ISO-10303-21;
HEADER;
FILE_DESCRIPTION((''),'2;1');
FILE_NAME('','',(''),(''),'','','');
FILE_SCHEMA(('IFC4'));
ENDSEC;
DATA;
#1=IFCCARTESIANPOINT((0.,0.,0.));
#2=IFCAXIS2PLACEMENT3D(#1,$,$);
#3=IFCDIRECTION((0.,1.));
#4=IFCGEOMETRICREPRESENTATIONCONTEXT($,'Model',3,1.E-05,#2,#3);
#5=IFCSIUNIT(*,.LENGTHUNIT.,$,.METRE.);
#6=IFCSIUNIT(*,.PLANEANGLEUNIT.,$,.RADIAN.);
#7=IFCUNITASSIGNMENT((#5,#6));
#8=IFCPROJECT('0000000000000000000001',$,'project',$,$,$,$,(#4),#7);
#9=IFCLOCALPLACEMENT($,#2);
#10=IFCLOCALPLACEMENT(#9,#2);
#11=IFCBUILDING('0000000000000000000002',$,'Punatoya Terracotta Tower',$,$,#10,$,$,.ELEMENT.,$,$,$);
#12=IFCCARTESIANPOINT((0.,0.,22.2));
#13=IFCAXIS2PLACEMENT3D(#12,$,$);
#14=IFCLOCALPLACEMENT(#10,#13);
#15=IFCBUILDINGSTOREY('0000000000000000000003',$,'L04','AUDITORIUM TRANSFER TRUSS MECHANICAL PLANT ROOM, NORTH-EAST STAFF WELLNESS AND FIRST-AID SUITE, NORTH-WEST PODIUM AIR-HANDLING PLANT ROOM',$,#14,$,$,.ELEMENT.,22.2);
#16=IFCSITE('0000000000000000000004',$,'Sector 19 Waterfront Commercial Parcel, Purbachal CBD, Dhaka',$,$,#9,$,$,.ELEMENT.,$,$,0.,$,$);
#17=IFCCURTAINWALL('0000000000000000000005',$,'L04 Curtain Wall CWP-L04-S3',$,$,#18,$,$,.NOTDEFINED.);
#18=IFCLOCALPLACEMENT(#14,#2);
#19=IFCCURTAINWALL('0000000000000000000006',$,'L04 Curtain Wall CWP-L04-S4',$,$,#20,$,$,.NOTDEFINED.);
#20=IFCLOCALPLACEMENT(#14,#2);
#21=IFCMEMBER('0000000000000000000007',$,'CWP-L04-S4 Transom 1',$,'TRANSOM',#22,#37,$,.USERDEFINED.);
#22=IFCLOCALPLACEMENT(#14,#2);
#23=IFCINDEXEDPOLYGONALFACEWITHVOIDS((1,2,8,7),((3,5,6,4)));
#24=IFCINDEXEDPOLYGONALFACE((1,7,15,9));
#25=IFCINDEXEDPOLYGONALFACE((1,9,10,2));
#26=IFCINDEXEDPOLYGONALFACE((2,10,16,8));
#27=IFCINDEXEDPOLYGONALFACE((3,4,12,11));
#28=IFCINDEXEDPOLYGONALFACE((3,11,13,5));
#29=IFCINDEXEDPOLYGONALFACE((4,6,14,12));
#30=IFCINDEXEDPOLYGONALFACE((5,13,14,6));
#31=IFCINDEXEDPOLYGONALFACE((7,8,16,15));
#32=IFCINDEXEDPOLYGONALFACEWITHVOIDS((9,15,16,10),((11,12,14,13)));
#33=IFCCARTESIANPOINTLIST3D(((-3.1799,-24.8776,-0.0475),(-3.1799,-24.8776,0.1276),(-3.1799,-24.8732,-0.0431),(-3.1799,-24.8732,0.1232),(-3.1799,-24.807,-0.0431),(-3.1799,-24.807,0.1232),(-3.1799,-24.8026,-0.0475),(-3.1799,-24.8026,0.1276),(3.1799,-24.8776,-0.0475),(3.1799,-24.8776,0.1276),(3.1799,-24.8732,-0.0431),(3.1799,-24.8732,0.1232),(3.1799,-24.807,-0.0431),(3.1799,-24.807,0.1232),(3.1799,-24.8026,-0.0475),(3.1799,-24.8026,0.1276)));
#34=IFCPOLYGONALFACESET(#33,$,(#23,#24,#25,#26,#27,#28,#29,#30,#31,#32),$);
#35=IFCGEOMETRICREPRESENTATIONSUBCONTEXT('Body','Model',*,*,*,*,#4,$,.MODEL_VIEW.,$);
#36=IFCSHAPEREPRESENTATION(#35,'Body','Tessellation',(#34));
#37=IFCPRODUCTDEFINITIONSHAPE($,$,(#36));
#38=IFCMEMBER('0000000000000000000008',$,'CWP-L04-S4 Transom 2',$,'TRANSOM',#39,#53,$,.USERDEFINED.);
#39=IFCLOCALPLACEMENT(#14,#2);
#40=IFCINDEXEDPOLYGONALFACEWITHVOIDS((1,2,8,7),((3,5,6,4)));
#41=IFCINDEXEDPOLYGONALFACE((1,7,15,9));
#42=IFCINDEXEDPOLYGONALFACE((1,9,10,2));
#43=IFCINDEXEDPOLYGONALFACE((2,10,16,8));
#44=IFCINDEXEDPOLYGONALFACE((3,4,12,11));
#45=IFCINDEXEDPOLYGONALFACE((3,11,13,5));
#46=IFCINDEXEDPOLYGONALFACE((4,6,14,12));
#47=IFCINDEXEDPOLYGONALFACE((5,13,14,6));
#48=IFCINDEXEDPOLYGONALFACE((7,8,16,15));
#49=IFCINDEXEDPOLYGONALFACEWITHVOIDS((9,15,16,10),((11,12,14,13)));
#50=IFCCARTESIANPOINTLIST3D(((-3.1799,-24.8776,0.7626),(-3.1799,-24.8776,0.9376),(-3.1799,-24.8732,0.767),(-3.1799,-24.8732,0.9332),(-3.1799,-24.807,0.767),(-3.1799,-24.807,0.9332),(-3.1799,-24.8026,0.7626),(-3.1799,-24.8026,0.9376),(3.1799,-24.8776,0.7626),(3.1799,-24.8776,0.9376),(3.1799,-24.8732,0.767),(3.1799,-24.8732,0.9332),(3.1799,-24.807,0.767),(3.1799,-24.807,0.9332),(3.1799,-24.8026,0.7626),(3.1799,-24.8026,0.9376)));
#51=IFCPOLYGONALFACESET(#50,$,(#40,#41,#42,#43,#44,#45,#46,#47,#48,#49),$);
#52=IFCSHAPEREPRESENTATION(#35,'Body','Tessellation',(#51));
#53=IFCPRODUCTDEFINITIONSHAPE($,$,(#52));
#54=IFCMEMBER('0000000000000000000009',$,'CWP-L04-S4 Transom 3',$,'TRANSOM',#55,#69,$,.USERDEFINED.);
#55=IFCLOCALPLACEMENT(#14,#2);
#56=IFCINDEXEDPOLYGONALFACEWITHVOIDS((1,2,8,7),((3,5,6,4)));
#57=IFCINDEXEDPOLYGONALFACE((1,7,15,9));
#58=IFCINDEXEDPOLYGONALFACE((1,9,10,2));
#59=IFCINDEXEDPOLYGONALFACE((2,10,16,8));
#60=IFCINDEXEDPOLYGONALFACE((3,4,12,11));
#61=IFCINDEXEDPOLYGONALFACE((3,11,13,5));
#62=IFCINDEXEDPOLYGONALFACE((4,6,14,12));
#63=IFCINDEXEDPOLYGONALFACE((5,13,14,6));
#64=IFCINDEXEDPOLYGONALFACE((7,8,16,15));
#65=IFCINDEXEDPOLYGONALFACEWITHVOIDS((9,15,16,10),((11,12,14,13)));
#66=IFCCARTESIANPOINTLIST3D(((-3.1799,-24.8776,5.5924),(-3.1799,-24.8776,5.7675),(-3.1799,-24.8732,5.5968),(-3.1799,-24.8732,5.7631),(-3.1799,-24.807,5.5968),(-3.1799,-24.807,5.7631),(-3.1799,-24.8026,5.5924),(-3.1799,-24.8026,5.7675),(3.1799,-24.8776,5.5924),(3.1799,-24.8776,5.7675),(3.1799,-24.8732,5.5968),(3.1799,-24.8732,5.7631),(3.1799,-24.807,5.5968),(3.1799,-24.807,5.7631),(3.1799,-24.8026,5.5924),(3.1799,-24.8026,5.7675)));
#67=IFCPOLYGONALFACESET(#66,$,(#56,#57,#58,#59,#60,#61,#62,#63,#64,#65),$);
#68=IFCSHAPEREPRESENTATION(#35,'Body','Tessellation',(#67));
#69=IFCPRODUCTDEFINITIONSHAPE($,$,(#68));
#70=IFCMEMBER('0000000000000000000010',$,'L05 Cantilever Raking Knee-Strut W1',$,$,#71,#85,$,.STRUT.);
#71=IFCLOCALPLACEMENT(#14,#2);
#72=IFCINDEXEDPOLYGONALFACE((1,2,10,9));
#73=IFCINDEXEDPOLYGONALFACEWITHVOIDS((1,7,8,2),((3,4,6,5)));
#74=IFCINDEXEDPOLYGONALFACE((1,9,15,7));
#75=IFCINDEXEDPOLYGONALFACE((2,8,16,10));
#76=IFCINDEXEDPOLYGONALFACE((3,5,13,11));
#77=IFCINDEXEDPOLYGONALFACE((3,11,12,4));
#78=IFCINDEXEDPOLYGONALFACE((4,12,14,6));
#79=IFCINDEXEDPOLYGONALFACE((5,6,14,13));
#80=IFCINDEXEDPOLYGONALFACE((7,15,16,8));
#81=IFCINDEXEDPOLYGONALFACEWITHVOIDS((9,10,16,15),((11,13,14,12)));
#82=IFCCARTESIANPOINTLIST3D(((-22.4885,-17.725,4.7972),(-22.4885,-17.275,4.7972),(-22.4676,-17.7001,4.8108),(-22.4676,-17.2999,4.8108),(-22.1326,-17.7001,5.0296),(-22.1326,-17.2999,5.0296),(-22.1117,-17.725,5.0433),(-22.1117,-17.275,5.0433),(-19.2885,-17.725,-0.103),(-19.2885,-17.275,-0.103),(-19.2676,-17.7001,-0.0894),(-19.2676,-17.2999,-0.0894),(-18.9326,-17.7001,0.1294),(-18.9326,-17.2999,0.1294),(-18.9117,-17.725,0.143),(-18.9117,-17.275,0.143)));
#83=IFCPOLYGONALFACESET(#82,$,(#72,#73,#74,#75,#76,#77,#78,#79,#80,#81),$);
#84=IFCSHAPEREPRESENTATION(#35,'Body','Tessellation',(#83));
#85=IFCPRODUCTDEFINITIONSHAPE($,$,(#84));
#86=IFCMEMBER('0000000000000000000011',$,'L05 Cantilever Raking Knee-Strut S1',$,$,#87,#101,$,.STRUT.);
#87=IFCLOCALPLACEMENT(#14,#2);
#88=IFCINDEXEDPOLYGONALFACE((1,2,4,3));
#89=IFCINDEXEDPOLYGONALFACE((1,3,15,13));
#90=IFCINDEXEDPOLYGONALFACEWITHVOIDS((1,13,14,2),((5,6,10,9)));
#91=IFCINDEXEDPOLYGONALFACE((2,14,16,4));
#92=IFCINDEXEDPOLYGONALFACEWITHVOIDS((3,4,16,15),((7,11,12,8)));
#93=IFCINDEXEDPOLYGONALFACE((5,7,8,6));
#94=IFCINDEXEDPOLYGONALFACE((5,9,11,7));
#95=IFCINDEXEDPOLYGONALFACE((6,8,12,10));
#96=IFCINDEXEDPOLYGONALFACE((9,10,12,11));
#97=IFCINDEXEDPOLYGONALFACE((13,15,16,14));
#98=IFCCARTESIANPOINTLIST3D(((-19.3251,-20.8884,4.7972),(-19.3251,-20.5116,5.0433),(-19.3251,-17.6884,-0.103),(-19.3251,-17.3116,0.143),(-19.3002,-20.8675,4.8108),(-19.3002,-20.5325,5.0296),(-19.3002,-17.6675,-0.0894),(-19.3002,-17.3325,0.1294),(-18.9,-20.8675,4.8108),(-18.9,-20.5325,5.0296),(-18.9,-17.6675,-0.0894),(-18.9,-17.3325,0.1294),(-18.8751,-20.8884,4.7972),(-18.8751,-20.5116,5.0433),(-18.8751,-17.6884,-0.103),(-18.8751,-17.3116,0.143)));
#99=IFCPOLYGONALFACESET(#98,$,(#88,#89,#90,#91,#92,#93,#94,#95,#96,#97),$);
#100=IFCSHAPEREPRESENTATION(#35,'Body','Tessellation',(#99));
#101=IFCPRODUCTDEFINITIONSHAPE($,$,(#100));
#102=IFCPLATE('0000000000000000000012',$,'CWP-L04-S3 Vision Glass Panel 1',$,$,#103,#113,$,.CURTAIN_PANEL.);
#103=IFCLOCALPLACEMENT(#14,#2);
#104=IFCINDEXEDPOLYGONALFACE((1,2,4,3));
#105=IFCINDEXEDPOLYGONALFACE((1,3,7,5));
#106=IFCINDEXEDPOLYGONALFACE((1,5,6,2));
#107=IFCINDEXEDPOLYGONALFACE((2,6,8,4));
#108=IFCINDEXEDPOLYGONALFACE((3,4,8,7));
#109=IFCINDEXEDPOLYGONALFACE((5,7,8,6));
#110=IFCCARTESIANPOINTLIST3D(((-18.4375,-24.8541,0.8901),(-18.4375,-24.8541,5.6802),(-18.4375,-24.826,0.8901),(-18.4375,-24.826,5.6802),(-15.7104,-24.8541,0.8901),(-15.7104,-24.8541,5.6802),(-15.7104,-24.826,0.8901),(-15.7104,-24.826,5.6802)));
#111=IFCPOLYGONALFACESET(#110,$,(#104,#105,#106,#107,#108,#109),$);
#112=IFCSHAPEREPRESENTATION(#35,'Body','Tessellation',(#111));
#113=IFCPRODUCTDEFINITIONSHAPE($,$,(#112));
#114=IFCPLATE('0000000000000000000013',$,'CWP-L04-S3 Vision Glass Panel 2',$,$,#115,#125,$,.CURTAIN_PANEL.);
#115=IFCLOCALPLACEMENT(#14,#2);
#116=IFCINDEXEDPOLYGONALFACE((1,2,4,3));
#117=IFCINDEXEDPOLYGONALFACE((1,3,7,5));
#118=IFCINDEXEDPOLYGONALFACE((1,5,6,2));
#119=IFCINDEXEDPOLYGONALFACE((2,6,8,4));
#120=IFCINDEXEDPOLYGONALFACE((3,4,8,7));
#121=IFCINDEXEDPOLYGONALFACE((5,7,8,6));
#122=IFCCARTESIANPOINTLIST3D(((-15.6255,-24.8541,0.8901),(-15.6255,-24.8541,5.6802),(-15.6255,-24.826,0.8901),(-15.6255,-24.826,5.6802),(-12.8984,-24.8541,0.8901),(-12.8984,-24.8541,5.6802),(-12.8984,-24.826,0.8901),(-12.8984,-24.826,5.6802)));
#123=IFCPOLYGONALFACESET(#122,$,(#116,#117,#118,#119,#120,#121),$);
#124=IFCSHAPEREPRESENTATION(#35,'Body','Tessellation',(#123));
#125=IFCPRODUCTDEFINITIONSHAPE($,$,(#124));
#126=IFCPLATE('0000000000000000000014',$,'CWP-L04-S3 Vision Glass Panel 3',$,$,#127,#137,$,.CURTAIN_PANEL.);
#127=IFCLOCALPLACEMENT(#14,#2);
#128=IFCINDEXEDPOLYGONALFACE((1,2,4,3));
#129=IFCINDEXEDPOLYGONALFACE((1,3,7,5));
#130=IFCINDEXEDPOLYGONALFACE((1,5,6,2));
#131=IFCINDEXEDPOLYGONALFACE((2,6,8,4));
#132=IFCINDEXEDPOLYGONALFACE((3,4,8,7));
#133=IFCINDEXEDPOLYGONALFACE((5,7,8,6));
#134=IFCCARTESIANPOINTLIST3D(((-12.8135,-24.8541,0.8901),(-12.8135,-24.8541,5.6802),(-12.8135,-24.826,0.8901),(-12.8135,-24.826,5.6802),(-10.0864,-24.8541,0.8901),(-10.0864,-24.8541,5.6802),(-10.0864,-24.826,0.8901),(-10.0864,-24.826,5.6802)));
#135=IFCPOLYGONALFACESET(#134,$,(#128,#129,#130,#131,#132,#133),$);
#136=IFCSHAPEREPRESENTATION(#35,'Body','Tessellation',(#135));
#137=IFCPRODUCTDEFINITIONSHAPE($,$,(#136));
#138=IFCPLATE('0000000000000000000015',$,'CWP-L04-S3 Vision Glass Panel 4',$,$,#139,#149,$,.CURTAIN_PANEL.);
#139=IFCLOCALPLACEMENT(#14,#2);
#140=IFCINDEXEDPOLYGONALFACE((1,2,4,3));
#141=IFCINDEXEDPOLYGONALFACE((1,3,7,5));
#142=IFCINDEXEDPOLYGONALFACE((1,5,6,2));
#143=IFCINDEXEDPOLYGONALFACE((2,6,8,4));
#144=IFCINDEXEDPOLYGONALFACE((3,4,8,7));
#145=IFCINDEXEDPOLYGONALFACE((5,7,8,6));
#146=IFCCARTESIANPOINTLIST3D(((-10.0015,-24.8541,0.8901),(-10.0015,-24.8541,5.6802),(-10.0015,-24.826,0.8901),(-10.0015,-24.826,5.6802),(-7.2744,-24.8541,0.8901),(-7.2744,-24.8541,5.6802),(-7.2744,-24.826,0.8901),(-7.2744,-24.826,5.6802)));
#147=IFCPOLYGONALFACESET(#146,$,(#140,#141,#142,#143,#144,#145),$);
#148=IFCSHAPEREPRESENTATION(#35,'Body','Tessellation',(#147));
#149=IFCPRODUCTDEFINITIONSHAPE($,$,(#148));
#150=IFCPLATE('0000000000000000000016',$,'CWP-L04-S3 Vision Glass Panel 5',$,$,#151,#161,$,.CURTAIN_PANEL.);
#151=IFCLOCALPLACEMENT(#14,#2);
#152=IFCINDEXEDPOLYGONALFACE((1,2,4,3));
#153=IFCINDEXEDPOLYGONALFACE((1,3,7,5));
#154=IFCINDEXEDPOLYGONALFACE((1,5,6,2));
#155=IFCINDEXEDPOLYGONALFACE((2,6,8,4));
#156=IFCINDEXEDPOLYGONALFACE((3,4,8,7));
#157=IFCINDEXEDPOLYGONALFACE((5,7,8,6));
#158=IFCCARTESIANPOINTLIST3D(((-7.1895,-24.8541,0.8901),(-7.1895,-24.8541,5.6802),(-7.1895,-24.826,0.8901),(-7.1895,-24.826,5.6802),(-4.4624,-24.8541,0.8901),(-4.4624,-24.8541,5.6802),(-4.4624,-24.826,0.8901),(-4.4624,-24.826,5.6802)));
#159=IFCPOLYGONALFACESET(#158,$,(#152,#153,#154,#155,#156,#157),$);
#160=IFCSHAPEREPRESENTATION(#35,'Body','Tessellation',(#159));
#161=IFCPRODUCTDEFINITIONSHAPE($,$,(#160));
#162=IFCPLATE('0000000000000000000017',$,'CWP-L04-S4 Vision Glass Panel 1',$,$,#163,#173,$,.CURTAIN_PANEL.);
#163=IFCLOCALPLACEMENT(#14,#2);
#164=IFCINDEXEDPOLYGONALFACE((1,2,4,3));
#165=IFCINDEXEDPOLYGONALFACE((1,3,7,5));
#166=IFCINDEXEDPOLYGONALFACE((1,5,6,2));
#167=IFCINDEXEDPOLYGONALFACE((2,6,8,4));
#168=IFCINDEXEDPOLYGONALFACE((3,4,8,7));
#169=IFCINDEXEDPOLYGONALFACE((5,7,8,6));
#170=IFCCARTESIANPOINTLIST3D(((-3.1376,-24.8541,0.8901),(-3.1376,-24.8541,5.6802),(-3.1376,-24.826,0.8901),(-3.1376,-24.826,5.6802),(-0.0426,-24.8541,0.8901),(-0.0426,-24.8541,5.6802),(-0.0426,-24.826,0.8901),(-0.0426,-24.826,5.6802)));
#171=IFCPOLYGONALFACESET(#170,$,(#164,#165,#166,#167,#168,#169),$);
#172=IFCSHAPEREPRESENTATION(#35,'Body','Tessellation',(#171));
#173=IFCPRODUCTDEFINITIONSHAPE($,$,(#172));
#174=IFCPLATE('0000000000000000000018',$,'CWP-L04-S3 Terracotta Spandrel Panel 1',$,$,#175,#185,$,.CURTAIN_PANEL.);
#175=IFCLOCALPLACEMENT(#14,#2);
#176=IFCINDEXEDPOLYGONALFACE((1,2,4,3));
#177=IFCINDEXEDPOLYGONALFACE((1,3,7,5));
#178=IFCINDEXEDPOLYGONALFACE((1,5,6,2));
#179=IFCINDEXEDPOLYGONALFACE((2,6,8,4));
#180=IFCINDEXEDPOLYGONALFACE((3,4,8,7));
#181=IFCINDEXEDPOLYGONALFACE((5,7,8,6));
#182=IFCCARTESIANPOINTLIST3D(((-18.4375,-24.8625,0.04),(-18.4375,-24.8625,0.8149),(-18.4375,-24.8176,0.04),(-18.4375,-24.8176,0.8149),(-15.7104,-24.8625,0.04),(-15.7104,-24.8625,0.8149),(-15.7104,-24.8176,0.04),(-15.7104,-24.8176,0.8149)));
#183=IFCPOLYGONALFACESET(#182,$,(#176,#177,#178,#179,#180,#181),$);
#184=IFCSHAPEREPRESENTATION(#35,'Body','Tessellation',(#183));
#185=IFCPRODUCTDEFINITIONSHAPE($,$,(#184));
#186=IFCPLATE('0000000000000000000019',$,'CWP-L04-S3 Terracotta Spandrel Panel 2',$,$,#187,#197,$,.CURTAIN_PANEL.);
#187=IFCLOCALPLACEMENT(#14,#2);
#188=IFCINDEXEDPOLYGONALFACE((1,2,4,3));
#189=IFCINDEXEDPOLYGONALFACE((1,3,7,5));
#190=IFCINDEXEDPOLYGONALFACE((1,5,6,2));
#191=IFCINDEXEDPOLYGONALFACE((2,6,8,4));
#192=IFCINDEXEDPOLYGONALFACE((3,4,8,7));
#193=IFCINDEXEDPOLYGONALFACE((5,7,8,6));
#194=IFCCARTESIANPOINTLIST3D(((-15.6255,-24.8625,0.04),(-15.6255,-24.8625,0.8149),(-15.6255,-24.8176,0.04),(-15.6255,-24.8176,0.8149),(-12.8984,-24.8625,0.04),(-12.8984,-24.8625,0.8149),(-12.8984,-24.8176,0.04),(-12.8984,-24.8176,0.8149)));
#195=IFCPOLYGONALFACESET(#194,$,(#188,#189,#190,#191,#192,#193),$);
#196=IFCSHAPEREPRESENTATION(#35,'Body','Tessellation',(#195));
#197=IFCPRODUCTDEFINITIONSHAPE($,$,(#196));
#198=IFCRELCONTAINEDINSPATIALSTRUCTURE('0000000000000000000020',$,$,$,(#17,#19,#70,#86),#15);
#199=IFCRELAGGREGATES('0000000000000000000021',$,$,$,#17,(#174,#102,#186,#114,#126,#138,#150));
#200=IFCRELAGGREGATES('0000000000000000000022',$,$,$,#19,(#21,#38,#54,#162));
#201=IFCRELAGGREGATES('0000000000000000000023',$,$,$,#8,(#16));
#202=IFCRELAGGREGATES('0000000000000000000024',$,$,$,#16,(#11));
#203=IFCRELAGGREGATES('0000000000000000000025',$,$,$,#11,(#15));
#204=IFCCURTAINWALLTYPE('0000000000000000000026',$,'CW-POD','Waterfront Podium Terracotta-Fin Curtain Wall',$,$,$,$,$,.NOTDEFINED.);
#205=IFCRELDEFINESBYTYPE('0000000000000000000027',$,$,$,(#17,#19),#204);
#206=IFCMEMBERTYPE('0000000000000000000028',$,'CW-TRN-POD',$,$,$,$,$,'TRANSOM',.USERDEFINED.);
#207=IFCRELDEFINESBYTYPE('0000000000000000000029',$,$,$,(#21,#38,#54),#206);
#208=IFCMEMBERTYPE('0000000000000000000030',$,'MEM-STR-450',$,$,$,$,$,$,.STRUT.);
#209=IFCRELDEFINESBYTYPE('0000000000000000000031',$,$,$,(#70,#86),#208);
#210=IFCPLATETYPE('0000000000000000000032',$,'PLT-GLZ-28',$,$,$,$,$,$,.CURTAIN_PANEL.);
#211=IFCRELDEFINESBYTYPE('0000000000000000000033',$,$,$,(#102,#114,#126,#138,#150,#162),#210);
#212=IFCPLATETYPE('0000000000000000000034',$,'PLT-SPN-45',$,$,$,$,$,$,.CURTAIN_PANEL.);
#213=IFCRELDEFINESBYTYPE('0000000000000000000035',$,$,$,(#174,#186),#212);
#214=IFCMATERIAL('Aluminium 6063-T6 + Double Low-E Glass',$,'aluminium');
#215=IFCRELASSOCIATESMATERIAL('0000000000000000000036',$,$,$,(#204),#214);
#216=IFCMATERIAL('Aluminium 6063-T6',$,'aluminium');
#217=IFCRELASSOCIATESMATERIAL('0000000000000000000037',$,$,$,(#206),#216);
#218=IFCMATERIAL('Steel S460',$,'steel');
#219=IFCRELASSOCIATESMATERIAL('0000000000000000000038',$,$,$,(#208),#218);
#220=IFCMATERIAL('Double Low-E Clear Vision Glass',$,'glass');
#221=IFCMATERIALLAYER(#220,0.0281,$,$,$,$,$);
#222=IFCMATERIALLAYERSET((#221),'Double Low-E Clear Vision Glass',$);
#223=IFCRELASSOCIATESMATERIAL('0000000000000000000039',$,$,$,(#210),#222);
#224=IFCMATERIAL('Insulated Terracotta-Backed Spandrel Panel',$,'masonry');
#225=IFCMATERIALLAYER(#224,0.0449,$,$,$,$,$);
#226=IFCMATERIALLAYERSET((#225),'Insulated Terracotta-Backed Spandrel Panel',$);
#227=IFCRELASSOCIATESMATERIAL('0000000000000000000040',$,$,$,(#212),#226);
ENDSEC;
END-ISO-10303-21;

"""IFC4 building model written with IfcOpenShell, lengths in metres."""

from ifc_helpers import new_model, si_unit, direction, frame, origin, origin_2d, place, context, subcontext, project, spatial, rectangle, hollow_rectangle, extrude, material, layer, layer_set, material_profile, profile_set, type_object, element, aggregate, save


model = new_model("IFC4")

# Units and contexts
model_context = context("Model", 3, precision=1e-05, world=origin(), true_north=direction((0.0, 1.0)))
body_context = subcontext(model_context, "Body", "Model", "MODEL_VIEW")
ifc_project = project(units=[si_unit("LENGTHUNIT", "METRE"), si_unit("PLANEANGLEUNIT", "RADIAN")], contexts=[model_context])

# Site, building, storey
site_placement = place(None, origin())
site = spatial("IfcSite", under=ifc_project, at=site_placement, Name="Sector 19 Waterfront Commercial Parcel, Purbachal CBD, Dhaka", CompositionType="ELEMENT", RefElevation=0.0)
building_placement = place(site_placement, origin())
building = spatial("IfcBuilding", under=site, at=building_placement, Name="Punatoya Terracotta Tower", CompositionType="ELEMENT")
storey_placement = place(building_placement, frame((0.0, 0.0, 22.2)))
storey = spatial("IfcBuildingStorey", under=building, at=storey_placement, Name="L04", Description="AUDITORIUM TRANSFER TRUSS MECHANICAL PLANT ROOM, NORTH-EAST STAFF WELLNESS AND FIRST-AID SUITE, NORTH-WEST PODIUM AIR-HANDLING PLANT ROOM", CompositionType="ELEMENT", Elevation=22.2)

# Shared definitions
ifc_material_1 = material(Name="Steel S460", Category="steel")

# Curtain walls
ifc_material_2 = material(Name="Aluminium 6063-T6 + Double Low-E Glass", Category="aluminium")
curtain_wall_type = type_object("IfcCurtainWallType", Name="CW-POD", Description="Waterfront Podium Terracotta-Fin Curtain Wall", PredefinedType="NOTDEFINED", material=ifc_material_2)
curtain_wall_1_placement = place(storey_placement, origin())
curtain_wall_1 = element("IfcCurtainWall", 1, at=curtain_wall_1_placement, inside=storey, type_object=curtain_wall_type, Name="L04 Curtain Wall CWP-L04-S3", PredefinedType="NOTDEFINED")
ifc_material_3 = material(Name="Aluminium 6063-T6", Category="aluminium")
curtain_wall_2_placement = place(storey_placement, origin())
curtain_wall_2 = element("IfcCurtainWall", 2, at=curtain_wall_2_placement, inside=storey, type_object=curtain_wall_type, Name="L04 Curtain Wall CWP-L04-S4", PredefinedType="NOTDEFINED")

# Members
ifc_material_profile_1 = material_profile(ifc_material_3, hollow_rectangle(XDim=0.075, YDim=0.175, WallThickness=0.0044, at=origin_2d()))
ifc_profile_set_1 = profile_set([ifc_material_profile_1], Name="Aluminium 6063-T6")
member_type_1 = type_object("IfcMemberType", Name="CW-TRN-POD", ElementType="TRANSOM", PredefinedType="USERDEFINED", material=ifc_profile_set_1)
member_1_placement = place(storey_placement, frame((-3.1799, -24.8401, 0.04), z_axis=(1.0, 0.0, 0.0), x_axis=(0.0, 1.0, 0.0)))
member_1 = element("IfcMember", 3, at=member_1_placement, type_object=member_type_1, Name="CWP-L04-S4 Transom 1", ObjectType="TRANSOM", PredefinedType="USERDEFINED", context=body_context, shape_type="SweptSolid", body=[
    extrude(hollow_rectangle(XDim=0.075, YDim=0.175, WallThickness=0.0044, at=origin_2d()), origin(), (0.0, 0.0, 1.0), 6.3599),
])
member_2_placement = place(storey_placement, frame((-3.1799, -24.8401, 0.8501), z_axis=(1.0, 0.0, 0.0), x_axis=(0.0, 1.0, 0.0)))
member_2 = element("IfcMember", 4, at=member_2_placement, type_object=member_type_1, Name="CWP-L04-S4 Transom 2", ObjectType="TRANSOM", PredefinedType="USERDEFINED", context=body_context, shape_type="SweptSolid", body=[
    extrude(hollow_rectangle(XDim=0.075, YDim=0.175, WallThickness=0.0044, at=origin_2d()), origin(), (0.0, 0.0, 1.0), 6.3599),
])
member_3_placement = place(storey_placement, frame((-3.1799, -24.8401, 5.6799), z_axis=(1.0, 0.0, 0.0), x_axis=(0.0, 1.0, 0.0)))
member_3 = element("IfcMember", 5, at=member_3_placement, type_object=member_type_1, Name="CWP-L04-S4 Transom 3", ObjectType="TRANSOM", PredefinedType="USERDEFINED", context=body_context, shape_type="SweptSolid", body=[
    extrude(hollow_rectangle(XDim=0.075, YDim=0.175, WallThickness=0.0044, at=origin_2d()), origin(), (0.0, 0.0, 1.0), 6.3599),
])

# Members
ifc_material_profile_2 = material_profile(ifc_material_1, hollow_rectangle(XDim=0.45, YDim=0.45, WallThickness=0.0249, at=origin_2d()))
ifc_profile_set_2 = profile_set([ifc_material_profile_2], Name="Steel S460")
member_type_2 = type_object("IfcMemberType", Name="MEM-STR-450", PredefinedType="STRUT", material=ifc_profile_set_2)
for number, where, z_axis, x_axis, name in (
    (6, (-19.1001, -17.5, 0.02), (-0.546772, 0.0, 0.837282), (0.0, -1.0, 0.0), "L05 Cantilever Raking Knee-Strut W1"),
    (7, (-19.1001, -17.5, 0.02), (0.0, -0.546772, 0.837282), (1.0, 0.0, 0.0), "L05 Cantilever Raking Knee-Strut S1"),
):
    element("IfcMember", number, at=place(storey_placement, frame(where, z_axis=z_axis, x_axis=x_axis)), inside=storey, type_object=member_type_2, Name=name, PredefinedType="STRUT", context=body_context, shape_type="SweptSolid", body=[
        extrude(hollow_rectangle(XDim=0.45, YDim=0.45, WallThickness=0.0249, at=origin_2d()), origin(), (0.0, 0.0, 1.0), 5.8525),
    ])

# Plates
ifc_material_4 = material(Name="Double Low-E Clear Vision Glass", Category="glass")
ifc_layer_1 = layer(ifc_material_4, 0.0281)
ifc_layer_set_1 = layer_set([ifc_layer_1], Name="Double Low-E Clear Vision Glass")
plate_type_1 = type_object("IfcPlateType", Name="PLT-GLZ-28", PredefinedType="CURTAIN_PANEL", material=ifc_layer_set_1)
plate_1_placement = place(storey_placement, frame((-17.074, -24.8401, 0.8901), z_axis=(0.0, 0.0, 1.0), x_axis=(1.0, 0.0, 0.0)))
plate_1 = element("IfcPlate", 8, at=plate_1_placement, type_object=plate_type_1, Name="CWP-L04-S3 Vision Glass Panel 1", PredefinedType="CURTAIN_PANEL", context=body_context, shape_type="SweptSolid", body=[
    extrude(rectangle(XDim=2.7271, YDim=0.0281, at=origin_2d()), origin(), (0.0, 0.0, 1.0), 4.79),
])
plate_2_placement = place(storey_placement, frame((-14.262, -24.8401, 0.8901), z_axis=(0.0, 0.0, 1.0), x_axis=(1.0, 0.0, 0.0)))
plate_2 = element("IfcPlate", 9, at=plate_2_placement, type_object=plate_type_1, Name="CWP-L04-S3 Vision Glass Panel 2", PredefinedType="CURTAIN_PANEL", context=body_context, shape_type="SweptSolid", body=[
    extrude(rectangle(XDim=2.7271, YDim=0.0281, at=origin_2d()), origin(), (0.0, 0.0, 1.0), 4.79),
])
plate_3_placement = place(storey_placement, frame((-11.45, -24.8401, 0.8901), z_axis=(0.0, 0.0, 1.0), x_axis=(1.0, 0.0, 0.0)))
plate_3 = element("IfcPlate", 10, at=plate_3_placement, type_object=plate_type_1, Name="CWP-L04-S3 Vision Glass Panel 3", PredefinedType="CURTAIN_PANEL", context=body_context, shape_type="SweptSolid", body=[
    extrude(rectangle(XDim=2.7271, YDim=0.0281, at=origin_2d()), origin(), (0.0, 0.0, 1.0), 4.79),
])
plate_4_placement = place(storey_placement, frame((-8.6379, -24.8401, 0.8901), z_axis=(0.0, 0.0, 1.0), x_axis=(1.0, 0.0, 0.0)))
plate_4 = element("IfcPlate", 11, at=plate_4_placement, type_object=plate_type_1, Name="CWP-L04-S3 Vision Glass Panel 4", PredefinedType="CURTAIN_PANEL", context=body_context, shape_type="SweptSolid", body=[
    extrude(rectangle(XDim=2.7271, YDim=0.0281, at=origin_2d()), origin(), (0.0, 0.0, 1.0), 4.79),
])
plate_5_placement = place(storey_placement, frame((-5.8259, -24.8401, 0.8901), z_axis=(0.0, 0.0, 1.0), x_axis=(1.0, 0.0, 0.0)))
plate_5 = element("IfcPlate", 12, at=plate_5_placement, type_object=plate_type_1, Name="CWP-L04-S3 Vision Glass Panel 5", PredefinedType="CURTAIN_PANEL", context=body_context, shape_type="SweptSolid", body=[
    extrude(rectangle(XDim=2.7271, YDim=0.0281, at=origin_2d()), origin(), (0.0, 0.0, 1.0), 4.79),
])
plate_6_placement = place(storey_placement, frame((-1.5901, -24.8401, 0.8901), z_axis=(0.0, 0.0, 1.0), x_axis=(1.0, 0.0, 0.0)))
plate_6 = element("IfcPlate", 13, at=plate_6_placement, type_object=plate_type_1, Name="CWP-L04-S4 Vision Glass Panel 1", PredefinedType="CURTAIN_PANEL", context=body_context, shape_type="SweptSolid", body=[
    extrude(rectangle(XDim=3.095, YDim=0.0281, at=origin_2d()), origin(), (0.0, 0.0, 1.0), 4.79),
])
ifc_material_5 = material(Name="Insulated Terracotta-Backed Spandrel Panel", Category="masonry")
ifc_layer_2 = layer(ifc_material_5, 0.0449)
ifc_layer_set_2 = layer_set([ifc_layer_2], Name="Insulated Terracotta-Backed Spandrel Panel")
plate_type_2 = type_object("IfcPlateType", Name="PLT-SPN-45", PredefinedType="CURTAIN_PANEL", material=ifc_layer_set_2)
plate_7_placement = place(storey_placement, frame((-17.074, -24.8401, 0.04), z_axis=(0.0, 0.0, 1.0), x_axis=(1.0, 0.0, 0.0)))
plate_7 = element("IfcPlate", 14, at=plate_7_placement, type_object=plate_type_2, Name="CWP-L04-S3 Terracotta Spandrel Panel 1", PredefinedType="CURTAIN_PANEL", context=body_context, shape_type="SweptSolid", body=[
    extrude(rectangle(XDim=2.7271, YDim=0.0449, at=origin_2d()), origin(), (0.0, 0.0, 1.0), 0.7749),
])
plate_8_placement = place(storey_placement, frame((-14.262, -24.8401, 0.04), z_axis=(0.0, 0.0, 1.0), x_axis=(1.0, 0.0, 0.0)))
plate_8 = element("IfcPlate", 15, at=plate_8_placement, type_object=plate_type_2, Name="CWP-L04-S3 Terracotta Spandrel Panel 2", PredefinedType="CURTAIN_PANEL", context=body_context, shape_type="SweptSolid", body=[
    extrude(rectangle(XDim=2.7271, YDim=0.0449, at=origin_2d()), origin(), (0.0, 0.0, 1.0), 0.7749),
])
aggregate(curtain_wall_1, [plate_7, plate_1, plate_8, plate_2, plate_3, plate_4, plate_5])
aggregate(curtain_wall_2, [member_1, member_2, member_3, plate_6])

save(model, "model.ifc")
